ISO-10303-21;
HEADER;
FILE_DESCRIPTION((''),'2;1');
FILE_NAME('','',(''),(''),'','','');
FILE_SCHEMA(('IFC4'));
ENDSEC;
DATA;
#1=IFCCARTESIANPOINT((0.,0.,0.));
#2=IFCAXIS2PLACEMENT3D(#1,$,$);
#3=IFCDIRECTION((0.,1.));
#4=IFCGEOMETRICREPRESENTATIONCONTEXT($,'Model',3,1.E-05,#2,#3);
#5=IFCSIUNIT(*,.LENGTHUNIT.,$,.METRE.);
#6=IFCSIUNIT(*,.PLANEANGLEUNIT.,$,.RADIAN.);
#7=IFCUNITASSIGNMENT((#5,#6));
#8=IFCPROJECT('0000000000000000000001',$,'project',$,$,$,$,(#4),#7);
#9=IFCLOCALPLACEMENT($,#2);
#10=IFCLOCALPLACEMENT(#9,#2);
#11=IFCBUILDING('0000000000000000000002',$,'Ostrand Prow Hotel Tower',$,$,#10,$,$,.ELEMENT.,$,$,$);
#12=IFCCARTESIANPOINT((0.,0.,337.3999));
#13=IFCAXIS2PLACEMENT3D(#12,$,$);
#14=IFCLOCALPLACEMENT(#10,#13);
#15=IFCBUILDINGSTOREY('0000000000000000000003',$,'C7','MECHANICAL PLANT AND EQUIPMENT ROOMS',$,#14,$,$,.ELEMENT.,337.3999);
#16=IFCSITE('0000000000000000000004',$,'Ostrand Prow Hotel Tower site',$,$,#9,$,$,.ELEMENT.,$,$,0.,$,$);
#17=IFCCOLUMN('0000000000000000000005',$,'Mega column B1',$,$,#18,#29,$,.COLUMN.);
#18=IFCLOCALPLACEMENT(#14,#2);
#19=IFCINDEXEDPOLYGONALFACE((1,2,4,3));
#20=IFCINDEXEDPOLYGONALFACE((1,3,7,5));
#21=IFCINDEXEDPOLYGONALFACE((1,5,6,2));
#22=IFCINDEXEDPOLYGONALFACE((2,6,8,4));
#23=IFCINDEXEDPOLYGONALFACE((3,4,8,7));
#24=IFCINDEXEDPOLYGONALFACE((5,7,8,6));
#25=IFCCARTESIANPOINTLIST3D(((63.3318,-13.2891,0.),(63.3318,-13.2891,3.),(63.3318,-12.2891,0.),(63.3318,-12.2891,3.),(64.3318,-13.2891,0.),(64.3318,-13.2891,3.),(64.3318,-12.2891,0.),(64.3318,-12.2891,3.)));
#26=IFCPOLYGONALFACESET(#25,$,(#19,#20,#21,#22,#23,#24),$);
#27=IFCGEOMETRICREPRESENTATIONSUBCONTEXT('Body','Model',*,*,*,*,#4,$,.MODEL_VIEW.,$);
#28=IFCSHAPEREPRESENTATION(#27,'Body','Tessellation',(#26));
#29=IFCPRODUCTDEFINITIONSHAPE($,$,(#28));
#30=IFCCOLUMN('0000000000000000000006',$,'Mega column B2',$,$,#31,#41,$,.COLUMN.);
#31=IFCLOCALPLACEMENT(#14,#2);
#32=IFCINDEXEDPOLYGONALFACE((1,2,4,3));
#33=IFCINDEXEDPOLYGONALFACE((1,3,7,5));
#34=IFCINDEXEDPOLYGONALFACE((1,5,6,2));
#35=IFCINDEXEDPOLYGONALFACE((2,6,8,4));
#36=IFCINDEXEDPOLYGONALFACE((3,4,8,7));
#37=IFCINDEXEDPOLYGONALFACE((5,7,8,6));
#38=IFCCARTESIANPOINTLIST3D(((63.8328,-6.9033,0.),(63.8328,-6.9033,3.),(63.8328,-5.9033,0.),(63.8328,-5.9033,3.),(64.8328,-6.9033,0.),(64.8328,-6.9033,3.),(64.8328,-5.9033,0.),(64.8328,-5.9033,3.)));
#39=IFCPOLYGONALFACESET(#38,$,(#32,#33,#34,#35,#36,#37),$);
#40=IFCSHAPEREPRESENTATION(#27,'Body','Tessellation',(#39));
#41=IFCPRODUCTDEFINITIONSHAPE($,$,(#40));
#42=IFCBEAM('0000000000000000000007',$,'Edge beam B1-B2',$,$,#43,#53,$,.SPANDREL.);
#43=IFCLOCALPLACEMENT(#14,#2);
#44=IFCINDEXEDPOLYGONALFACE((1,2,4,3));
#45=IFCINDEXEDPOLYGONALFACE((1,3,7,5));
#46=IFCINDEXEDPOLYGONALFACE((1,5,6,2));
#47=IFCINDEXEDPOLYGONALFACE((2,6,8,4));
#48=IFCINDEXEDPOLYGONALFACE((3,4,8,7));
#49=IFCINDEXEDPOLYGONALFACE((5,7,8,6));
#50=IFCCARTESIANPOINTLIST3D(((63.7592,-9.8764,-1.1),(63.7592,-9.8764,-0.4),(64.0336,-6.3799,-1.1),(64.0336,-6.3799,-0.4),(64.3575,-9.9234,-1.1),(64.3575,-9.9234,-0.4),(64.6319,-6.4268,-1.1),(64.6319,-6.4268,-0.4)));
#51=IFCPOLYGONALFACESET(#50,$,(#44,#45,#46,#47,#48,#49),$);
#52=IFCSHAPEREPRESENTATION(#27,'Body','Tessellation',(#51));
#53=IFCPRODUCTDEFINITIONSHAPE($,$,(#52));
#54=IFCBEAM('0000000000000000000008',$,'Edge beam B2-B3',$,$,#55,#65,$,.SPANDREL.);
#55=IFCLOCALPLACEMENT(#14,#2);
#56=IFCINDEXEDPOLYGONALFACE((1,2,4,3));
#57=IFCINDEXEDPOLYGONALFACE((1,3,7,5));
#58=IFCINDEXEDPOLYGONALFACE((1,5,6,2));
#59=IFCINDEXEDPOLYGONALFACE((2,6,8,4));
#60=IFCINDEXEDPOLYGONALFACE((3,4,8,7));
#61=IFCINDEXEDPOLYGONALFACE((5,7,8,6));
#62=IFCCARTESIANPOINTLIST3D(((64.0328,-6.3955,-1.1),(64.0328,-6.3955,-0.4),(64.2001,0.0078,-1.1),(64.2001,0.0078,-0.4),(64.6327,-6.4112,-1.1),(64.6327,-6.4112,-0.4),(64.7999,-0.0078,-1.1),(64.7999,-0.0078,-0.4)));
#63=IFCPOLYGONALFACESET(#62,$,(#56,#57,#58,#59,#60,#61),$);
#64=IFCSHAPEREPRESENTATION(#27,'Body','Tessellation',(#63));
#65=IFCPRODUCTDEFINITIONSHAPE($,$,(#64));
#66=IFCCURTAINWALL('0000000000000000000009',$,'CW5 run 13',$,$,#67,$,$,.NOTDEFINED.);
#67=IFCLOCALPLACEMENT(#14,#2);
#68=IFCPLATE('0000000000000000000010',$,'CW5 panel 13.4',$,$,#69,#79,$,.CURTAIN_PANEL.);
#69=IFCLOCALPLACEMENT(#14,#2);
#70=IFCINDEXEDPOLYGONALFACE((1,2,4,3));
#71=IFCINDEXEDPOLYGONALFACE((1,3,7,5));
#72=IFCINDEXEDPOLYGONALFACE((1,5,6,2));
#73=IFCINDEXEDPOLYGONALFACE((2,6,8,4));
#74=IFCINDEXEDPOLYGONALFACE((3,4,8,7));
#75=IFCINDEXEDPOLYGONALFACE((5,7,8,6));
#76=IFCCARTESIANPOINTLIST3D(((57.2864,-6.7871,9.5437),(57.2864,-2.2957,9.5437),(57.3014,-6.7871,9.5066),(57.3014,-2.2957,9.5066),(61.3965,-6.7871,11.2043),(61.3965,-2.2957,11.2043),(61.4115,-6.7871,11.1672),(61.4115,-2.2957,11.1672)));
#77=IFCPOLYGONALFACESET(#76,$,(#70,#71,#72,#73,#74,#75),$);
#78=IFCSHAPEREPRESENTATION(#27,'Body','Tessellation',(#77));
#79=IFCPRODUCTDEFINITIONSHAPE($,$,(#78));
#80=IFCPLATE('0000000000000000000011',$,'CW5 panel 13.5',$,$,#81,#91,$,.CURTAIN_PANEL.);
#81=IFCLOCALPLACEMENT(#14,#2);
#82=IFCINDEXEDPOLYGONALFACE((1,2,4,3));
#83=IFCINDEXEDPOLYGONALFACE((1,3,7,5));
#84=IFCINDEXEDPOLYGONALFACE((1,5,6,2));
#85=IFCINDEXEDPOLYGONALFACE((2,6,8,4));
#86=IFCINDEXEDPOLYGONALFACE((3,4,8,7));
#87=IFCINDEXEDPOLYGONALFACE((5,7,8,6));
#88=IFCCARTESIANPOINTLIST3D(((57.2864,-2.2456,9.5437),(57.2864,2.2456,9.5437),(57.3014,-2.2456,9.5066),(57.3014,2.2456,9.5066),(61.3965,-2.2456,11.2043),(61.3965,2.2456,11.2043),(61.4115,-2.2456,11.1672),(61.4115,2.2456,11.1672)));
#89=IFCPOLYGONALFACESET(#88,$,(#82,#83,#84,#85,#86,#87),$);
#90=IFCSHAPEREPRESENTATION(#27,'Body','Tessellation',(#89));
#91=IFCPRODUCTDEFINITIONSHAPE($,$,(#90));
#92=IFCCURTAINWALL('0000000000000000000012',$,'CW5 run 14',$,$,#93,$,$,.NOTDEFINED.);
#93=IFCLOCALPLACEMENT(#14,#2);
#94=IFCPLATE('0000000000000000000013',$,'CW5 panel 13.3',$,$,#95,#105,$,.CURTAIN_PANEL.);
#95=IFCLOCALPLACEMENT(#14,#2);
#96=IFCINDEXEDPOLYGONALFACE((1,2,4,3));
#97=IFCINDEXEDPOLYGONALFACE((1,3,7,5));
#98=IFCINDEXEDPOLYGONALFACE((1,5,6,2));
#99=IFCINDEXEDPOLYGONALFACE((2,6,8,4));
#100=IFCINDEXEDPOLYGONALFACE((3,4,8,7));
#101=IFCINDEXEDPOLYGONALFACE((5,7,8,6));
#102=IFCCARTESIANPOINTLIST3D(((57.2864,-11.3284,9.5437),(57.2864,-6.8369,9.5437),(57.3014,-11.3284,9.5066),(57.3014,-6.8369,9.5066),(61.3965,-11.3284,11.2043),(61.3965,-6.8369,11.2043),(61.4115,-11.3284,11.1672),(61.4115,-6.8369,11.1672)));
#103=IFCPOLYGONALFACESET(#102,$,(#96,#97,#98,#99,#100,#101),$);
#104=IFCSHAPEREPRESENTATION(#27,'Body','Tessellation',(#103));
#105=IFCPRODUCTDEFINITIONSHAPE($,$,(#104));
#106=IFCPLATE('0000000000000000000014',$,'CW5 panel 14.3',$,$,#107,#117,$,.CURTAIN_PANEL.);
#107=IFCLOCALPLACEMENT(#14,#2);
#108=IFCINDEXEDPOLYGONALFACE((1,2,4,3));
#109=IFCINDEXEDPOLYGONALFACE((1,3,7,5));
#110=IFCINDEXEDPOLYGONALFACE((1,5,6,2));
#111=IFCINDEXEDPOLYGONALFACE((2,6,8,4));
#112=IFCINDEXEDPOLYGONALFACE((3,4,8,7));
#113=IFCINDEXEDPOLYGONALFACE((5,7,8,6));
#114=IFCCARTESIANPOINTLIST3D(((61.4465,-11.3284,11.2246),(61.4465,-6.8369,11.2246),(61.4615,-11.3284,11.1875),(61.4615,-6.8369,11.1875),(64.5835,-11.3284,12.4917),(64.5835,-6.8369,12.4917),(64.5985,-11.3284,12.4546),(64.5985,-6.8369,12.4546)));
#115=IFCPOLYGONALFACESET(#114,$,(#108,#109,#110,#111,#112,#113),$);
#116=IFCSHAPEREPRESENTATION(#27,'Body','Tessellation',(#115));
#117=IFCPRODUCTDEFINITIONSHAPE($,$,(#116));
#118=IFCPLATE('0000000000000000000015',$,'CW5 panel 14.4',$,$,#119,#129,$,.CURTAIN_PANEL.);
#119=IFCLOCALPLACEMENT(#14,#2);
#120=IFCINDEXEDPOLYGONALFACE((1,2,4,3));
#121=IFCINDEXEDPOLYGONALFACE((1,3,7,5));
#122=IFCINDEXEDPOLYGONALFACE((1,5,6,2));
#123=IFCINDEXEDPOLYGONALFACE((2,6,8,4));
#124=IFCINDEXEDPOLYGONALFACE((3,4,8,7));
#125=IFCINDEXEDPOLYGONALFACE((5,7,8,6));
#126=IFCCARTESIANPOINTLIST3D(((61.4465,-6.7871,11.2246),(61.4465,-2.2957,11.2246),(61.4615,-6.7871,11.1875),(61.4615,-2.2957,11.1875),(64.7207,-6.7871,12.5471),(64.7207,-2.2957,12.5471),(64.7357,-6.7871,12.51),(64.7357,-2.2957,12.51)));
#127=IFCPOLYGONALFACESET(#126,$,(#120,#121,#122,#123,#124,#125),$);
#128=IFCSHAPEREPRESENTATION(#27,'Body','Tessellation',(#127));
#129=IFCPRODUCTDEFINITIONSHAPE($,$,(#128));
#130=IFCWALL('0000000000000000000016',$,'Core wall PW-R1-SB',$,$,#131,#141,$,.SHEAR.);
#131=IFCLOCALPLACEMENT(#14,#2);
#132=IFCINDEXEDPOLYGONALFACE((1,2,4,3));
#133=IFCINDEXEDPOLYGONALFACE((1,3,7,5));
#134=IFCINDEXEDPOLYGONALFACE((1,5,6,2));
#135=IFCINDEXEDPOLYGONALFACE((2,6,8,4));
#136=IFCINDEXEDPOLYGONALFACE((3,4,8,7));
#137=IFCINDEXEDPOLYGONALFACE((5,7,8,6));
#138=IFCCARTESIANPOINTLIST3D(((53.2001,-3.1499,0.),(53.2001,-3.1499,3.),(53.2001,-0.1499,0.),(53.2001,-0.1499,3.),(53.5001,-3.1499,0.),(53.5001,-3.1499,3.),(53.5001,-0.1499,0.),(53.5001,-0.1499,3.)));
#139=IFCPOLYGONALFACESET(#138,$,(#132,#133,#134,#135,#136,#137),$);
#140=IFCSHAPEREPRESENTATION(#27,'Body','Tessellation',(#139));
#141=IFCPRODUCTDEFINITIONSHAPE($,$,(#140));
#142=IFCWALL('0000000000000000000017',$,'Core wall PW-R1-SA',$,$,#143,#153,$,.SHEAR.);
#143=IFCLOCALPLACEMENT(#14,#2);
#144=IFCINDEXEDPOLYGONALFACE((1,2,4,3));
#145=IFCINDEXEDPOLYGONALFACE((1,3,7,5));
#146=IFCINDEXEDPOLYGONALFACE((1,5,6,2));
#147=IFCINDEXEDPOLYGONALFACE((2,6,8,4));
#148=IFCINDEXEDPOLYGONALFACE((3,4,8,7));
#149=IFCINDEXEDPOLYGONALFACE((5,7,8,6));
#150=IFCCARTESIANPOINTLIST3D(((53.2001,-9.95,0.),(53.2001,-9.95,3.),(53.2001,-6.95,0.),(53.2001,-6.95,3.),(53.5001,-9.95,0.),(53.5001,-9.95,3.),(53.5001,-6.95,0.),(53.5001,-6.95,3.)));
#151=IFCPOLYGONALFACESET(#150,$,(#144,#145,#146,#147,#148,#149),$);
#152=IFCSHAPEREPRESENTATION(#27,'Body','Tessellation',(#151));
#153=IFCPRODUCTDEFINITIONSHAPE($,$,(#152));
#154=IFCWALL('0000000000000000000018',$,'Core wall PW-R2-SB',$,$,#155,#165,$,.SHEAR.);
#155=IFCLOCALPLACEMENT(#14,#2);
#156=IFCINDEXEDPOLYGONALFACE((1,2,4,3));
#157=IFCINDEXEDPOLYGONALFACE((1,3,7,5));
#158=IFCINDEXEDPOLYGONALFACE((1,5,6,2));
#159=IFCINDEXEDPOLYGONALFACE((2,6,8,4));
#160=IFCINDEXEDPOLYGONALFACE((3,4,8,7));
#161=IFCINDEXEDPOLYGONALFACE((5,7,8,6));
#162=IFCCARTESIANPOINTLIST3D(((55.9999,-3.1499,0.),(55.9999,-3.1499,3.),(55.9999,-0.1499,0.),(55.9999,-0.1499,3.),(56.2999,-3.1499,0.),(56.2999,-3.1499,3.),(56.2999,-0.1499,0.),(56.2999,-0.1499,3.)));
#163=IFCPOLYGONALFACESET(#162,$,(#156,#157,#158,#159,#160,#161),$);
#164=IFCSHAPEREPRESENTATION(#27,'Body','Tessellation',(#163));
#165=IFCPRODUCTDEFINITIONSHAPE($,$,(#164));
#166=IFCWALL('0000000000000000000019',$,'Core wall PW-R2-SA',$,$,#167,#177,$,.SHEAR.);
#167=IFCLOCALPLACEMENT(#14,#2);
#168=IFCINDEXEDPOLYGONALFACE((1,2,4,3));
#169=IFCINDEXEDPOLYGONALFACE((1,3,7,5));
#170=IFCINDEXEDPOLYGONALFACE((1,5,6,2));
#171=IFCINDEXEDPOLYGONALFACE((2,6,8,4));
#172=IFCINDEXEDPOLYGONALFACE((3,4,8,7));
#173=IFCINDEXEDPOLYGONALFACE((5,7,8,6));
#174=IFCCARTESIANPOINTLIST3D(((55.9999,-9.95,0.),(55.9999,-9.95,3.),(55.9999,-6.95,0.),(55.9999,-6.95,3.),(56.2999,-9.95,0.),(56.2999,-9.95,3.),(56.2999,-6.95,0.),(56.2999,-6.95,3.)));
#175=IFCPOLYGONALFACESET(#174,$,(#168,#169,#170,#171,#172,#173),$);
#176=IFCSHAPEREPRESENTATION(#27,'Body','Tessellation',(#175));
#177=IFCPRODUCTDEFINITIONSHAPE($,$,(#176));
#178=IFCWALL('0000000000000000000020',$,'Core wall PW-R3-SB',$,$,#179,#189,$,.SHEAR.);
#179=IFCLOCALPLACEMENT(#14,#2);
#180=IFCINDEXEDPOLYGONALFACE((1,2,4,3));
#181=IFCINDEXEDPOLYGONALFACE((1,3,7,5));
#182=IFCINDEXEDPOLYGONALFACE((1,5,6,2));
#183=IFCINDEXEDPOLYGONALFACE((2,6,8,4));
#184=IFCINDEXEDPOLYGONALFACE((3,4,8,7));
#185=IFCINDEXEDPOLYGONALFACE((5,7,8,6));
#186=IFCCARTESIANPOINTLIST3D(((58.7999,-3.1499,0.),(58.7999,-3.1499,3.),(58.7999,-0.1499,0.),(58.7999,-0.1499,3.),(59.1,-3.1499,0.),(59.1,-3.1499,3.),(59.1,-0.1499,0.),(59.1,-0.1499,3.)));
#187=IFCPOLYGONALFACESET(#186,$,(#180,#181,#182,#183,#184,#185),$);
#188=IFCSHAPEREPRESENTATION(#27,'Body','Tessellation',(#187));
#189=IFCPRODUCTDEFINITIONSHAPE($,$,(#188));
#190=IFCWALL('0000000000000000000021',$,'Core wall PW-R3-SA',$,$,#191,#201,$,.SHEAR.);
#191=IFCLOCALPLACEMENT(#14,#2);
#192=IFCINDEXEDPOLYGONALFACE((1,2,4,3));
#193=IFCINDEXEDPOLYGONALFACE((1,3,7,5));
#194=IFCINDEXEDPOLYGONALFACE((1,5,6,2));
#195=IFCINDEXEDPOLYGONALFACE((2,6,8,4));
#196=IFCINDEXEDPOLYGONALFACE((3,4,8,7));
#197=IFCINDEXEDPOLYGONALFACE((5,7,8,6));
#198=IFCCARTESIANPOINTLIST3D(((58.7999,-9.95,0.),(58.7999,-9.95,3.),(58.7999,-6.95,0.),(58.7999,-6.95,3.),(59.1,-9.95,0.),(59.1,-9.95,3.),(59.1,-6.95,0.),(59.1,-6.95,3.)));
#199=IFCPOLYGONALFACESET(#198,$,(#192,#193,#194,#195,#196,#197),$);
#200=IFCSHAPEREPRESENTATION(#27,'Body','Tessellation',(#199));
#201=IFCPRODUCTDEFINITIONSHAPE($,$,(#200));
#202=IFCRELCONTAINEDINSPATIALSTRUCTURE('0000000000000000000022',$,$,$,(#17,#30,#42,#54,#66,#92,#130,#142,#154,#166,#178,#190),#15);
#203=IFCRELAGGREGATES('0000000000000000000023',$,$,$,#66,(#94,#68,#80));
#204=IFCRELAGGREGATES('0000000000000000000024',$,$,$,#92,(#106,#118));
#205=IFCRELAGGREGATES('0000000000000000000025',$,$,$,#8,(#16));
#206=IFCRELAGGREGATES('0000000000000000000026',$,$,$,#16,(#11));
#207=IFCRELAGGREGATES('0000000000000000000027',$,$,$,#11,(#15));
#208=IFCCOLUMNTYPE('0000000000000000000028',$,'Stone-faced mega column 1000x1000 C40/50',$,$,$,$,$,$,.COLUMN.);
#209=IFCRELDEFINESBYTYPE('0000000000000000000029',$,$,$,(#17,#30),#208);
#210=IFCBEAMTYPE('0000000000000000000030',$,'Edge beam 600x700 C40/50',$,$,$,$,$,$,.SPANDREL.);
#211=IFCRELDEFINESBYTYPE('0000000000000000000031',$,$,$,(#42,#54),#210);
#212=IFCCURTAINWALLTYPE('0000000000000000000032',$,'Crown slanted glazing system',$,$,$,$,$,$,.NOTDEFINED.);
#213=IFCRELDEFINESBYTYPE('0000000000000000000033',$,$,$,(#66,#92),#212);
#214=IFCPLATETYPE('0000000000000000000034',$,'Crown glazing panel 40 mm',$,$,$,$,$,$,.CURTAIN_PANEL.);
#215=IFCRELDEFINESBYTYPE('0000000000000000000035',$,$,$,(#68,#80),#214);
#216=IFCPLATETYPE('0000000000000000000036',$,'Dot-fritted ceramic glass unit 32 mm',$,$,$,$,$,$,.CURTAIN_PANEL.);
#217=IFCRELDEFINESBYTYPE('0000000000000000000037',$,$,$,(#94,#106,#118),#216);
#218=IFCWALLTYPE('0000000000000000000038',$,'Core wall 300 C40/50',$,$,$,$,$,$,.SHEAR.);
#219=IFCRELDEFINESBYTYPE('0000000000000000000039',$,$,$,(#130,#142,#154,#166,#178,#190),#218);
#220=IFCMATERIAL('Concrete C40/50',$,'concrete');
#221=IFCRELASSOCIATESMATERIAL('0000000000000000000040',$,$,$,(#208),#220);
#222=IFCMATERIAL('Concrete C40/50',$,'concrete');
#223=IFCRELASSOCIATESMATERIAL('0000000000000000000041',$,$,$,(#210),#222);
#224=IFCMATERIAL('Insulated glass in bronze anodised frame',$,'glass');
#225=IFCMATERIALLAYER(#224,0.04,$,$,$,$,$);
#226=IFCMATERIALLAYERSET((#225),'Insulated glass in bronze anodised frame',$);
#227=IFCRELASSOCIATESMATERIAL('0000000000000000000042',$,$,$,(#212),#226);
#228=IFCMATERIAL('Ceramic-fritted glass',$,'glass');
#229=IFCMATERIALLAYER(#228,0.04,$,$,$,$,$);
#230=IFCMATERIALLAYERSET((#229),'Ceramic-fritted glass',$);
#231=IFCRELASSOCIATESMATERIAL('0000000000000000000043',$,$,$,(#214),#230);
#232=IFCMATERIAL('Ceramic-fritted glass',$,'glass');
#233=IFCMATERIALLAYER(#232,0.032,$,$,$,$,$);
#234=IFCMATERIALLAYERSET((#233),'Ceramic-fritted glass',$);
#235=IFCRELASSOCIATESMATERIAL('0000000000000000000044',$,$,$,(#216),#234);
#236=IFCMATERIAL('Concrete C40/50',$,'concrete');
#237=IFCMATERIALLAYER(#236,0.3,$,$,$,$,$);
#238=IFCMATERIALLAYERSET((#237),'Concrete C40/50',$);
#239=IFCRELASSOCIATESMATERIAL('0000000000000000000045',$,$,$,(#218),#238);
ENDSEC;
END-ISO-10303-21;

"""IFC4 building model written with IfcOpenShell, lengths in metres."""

from ifc_helpers import new_model, si_unit, direction, frame, frame_2d, origin, origin_2d, place, context, subcontext, project, spatial, polyline, rectangle, outline, extrude, material, layer, layer_set, material_profile, profile_set, type_object, element, aggregate, save


model = new_model("IFC4")

# Units and contexts
model_context = context("Model", 3, precision=1e-05, world=origin(), true_north=direction((0.0, 1.0)))
body_context = subcontext(model_context, "Body", "Model", "MODEL_VIEW")
ifc_project = project(units=[si_unit("LENGTHUNIT", "METRE"), si_unit("PLANEANGLEUNIT", "RADIAN")], contexts=[model_context])

# Site, building, storey
site_placement = place(None, origin())
site = spatial("IfcSite", under=ifc_project, at=site_placement, Name="Ostrand Prow Hotel Tower site", CompositionType="ELEMENT", RefElevation=0.0)
building_placement = place(site_placement, origin())
building = spatial("IfcBuilding", under=site, at=building_placement, Name="Ostrand Prow Hotel Tower", CompositionType="ELEMENT")
storey_placement = place(building_placement, frame((0.0, 0.0, 337.3999)))
storey = spatial("IfcBuildingStorey", under=building, at=storey_placement, Name="C7", Description="MECHANICAL PLANT AND EQUIPMENT ROOMS", CompositionType="ELEMENT", Elevation=337.3999)

# Columns
ifc_material_1 = material(Name="Concrete C40/50", Category="concrete")
ifc_material_profile_1 = material_profile(ifc_material_1, rectangle(XDim=1.0, YDim=1.0, at=origin_2d()), Name="RC 1000x1000")
ifc_profile_set_1 = profile_set([ifc_material_profile_1], Name="Concrete C40/50")
column_type = type_object("IfcColumnType", Name="Stone-faced mega column 1000x1000 C40/50", PredefinedType="COLUMN", material=ifc_profile_set_1)
for number, where, z_axis, x_axis, name in (
    (1, (63.8318, -12.7891, 0.0), (0.0, 0.0, 1.0), (1.0, 0.0, 0.0), "Mega column B1"),
    (2, (64.3328, -6.4033, 0.0), (0.0, 0.0, 1.0), (1.0, 0.0, 0.0), "Mega column B2"),
):
    element("IfcColumn", number, at=place(storey_placement, frame(where, z_axis=z_axis, x_axis=x_axis)), inside=storey, type_object=column_type, Name=name, PredefinedType="COLUMN", context=body_context, shape_type="SweptSolid", body=[
        extrude(rectangle(XDim=1.0, YDim=1.0, at=origin_2d()), origin(), (0.0, 0.0, 1.0), 3.0),
    ])

# Beams
ifc_material_2 = material(Name="Concrete C40/50", Category="concrete")
ifc_material_profile_2 = material_profile(ifc_material_2, rectangle(XDim=0.6001, YDim=0.7, at=origin_2d()), Name="RC 600x700")
ifc_profile_set_2 = profile_set([ifc_material_profile_2], Name="Concrete C40/50")
beam_type = type_object("IfcBeamType", Name="Edge beam 600x700 C40/50", PredefinedType="SPANDREL", material=ifc_profile_set_2)
beam_1_placement = place(storey_placement, frame((64.0583, -9.8999, -0.75), z_axis=(0.07824, 0.996935, 0.0), x_axis=(-0.996935, 0.07824, 0.0)))
element("IfcBeam", 3, at=beam_1_placement, inside=storey, type_object=beam_type, Name="Edge beam B1-B2", PredefinedType="SPANDREL", context=body_context, shape_type="SweptSolid", body=[
    extrude(rectangle(XDim=0.6001, YDim=0.7, at=origin_2d()), origin(), (0.0, 0.0, 1.0), 3.5073),
])
beam_2_placement = place(storey_placement, frame((64.3328, -6.4033, -0.75), z_axis=(0.026108, 0.999659, 0.0), x_axis=(-0.999659, 0.026108, 0.0)))
element("IfcBeam", 4, at=beam_2_placement, inside=storey, type_object=beam_type, Name="Edge beam B2-B3", PredefinedType="SPANDREL", context=body_context, shape_type="SweptSolid", body=[
    extrude(rectangle(XDim=0.6001, YDim=0.7, at=origin_2d()), origin(), (0.0, 0.0, 1.0), 6.4055),
])

# Curtain wall, plates
ifc_material_3 = material(Name="Insulated glass in bronze anodised frame", Category="glass")
ifc_layer_1 = layer(ifc_material_3, 0.04)
ifc_layer_set_1 = layer_set([ifc_layer_1], Name="Insulated glass in bronze anodised frame")
curtain_wall_type = type_object("IfcCurtainWallType", Name="Crown slanted glazing system", PredefinedType="NOTDEFINED", material=ifc_layer_set_1)
curtain_wall_1_placement = place(storey_placement, origin())
curtain_wall_1 = element("IfcCurtainWall", 5, at=curtain_wall_1_placement, inside=storey, type_object=curtain_wall_type, Name="CW5 run 13", PredefinedType="NOTDEFINED")
ifc_material_4 = material(Name="Ceramic-fritted glass", Category="glass")
ifc_layer_2 = layer(ifc_material_4, 0.04)
ifc_layer_set_2 = layer_set([ifc_layer_2], Name="Ceramic-fritted glass")
plate_type_1 = type_object("IfcPlateType", Name="Crown glazing panel 40 mm", PredefinedType="CURTAIN_PANEL", material=ifc_layer_set_2)
plate_1_placement = place(storey_placement, frame((57.2864, -6.7871, 9.5437), z_axis=(-0.374617, 0.0, 0.92718), x_axis=(0.92718, 0.0, 0.374617)))
plate_1 = element("IfcPlate", 6, at=plate_1_placement, type_object=plate_type_1, Name="CW5 panel 13.4", PredefinedType="CURTAIN_PANEL", context=body_context, shape_type="SweptSolid", body=[
    extrude(outline(polyline([(0.0, 0.0), (4.4329, 0.0), (4.4329, 4.4915), (0.0, 4.4915), (0.0, 0.0)])), origin(), (0.0, 0.0, -1.0), 0.04),
])
plate_2_placement = place(storey_placement, frame((57.2864, -2.2456, 9.5437), z_axis=(-0.374617, 0.0, 0.92718), x_axis=(0.92718, 0.0, 0.374617)))
plate_2 = element("IfcPlate", 7, at=plate_2_placement, type_object=plate_type_1, Name="CW5 panel 13.5", PredefinedType="CURTAIN_PANEL", context=body_context, shape_type="SweptSolid", body=[
    extrude(outline(polyline([(0.0, 0.0), (4.4329, 0.0), (4.4329, 4.4912), (0.0, 4.4912), (0.0, 0.0)])), origin(), (0.0, 0.0, -1.0), 0.04),
])

# Curtain wall
curtain_wall_2_placement = place(storey_placement, origin())
curtain_wall_2 = element("IfcCurtainWall", 8, at=curtain_wall_2_placement, inside=storey, type_object=curtain_wall_type, Name="CW5 run 14", PredefinedType="NOTDEFINED")

# Plates
ifc_material_5 = material(Name="Ceramic-fritted glass", Category="glass")
ifc_layer_3 = layer(ifc_material_5, 0.032)
ifc_layer_set_3 = layer_set([ifc_layer_3], Name="Ceramic-fritted glass")
plate_type_2 = type_object("IfcPlateType", Name="Dot-fritted ceramic glass unit 32 mm", PredefinedType="CURTAIN_PANEL", material=ifc_layer_set_3)
plate_3_placement = place(storey_placement, frame((57.2864, -11.3284, 9.5437), z_axis=(-0.374617, 0.0, 0.92718), x_axis=(0.92718, 0.0, 0.374617)))
plate_3 = element("IfcPlate", 9, at=plate_3_placement, type_object=plate_type_2, Name="CW5 panel 13.3", PredefinedType="CURTAIN_PANEL", context=body_context, shape_type="SweptSolid", body=[
    extrude(outline(polyline([(0.0, 0.0), (4.4329, 0.0), (4.4329, 4.4915), (0.0, 4.4915), (0.0, 0.0)])), origin(), (0.0, 0.0, -1.0), 0.04),
])
aggregate(curtain_wall_1, [plate_3, plate_1, plate_2])
plate_4_placement = place(storey_placement, frame((64.5835, -11.3284, 12.4917), z_axis=(-0.374524, 0.0, 0.927217), x_axis=(0.0, 1.0, 0.0)))
plate_4 = element("IfcPlate", 10, at=plate_4_placement, type_object=plate_type_2, Name="CW5 panel 14.3", PredefinedType="CURTAIN_PANEL", context=body_context, shape_type="SweptSolid", body=[
    extrude(outline(polyline([(0.0, 0.0), (4.4915, 0.0), (4.4915, 3.3832), (0.0, 3.3832), (0.0, 0.0)])), origin(), (0.0, 0.0, -1.0), 0.04),
])
plate_5_placement = place(storey_placement, frame((64.7207, -6.7871, 12.5471), z_axis=(-0.374524, 0.0, 0.927217), x_axis=(0.0, 1.0, 0.0)))
plate_5 = element("IfcPlate", 11, at=plate_5_placement, type_object=plate_type_2, Name="CW5 panel 14.4", PredefinedType="CURTAIN_PANEL", context=body_context, shape_type="SweptSolid", body=[
    extrude(outline(polyline([(0.0, 0.0), (4.4915, 0.0), (4.4915, 3.5312), (0.0, 3.5312), (0.0, 0.0)])), origin(), (0.0, 0.0, -1.0), 0.04),
])
aggregate(curtain_wall_2, [plate_4, plate_5])

# Walls
ifc_material_6 = material(Name="Concrete C40/50", Category="concrete")
ifc_layer_4 = layer(ifc_material_6, 0.3)
ifc_layer_set_4 = layer_set([ifc_layer_4], Name="Concrete C40/50")
wall_type_1 = type_object("IfcWallType", Name="Core wall 300 C40/50", PredefinedType="SHEAR", material=ifc_layer_set_4)
for number, where, z_axis, x_axis, name in (
    (12, (53.3501, -3.1499, 0.0), (0.0, 0.0, 1.0), (0.0, 1.0, 0.0), "Core wall PW-R1-SB"),
    (13, (53.3501, -9.95, 0.0), (0.0, 0.0, 1.0), (0.0, 1.0, 0.0), "Core wall PW-R1-SA"),
    (14, (56.1499, -3.1499, 0.0), (0.0, 0.0, 1.0), (0.0, 1.0, 0.0), "Core wall PW-R2-SB"),
    (15, (56.1499, -9.95, 0.0), (0.0, 0.0, 1.0), (0.0, 1.0, 0.0), "Core wall PW-R2-SA"),
    (16, (58.95, -3.1499, 0.0), (0.0, 0.0, 1.0), (0.0, 1.0, 0.0), "Core wall PW-R3-SB"),
    (17, (58.95, -9.95, 0.0), (0.0, 0.0, 1.0), (0.0, 1.0, 0.0), "Core wall PW-R3-SA"),
):
    element("IfcWall", number, at=place(storey_placement, frame(where, z_axis=z_axis, x_axis=x_axis)), inside=storey, type_object=wall_type_1, Name=name, PredefinedType="SHEAR", context=body_context, shape_type="SweptSolid", body=[
        extrude(rectangle(XDim=3.0, YDim=0.3, at=frame_2d((1.5, 0.0))), origin(), (0.0, 0.0, 1.0), 3.0),
    ])

save(model, "model.ifc")
